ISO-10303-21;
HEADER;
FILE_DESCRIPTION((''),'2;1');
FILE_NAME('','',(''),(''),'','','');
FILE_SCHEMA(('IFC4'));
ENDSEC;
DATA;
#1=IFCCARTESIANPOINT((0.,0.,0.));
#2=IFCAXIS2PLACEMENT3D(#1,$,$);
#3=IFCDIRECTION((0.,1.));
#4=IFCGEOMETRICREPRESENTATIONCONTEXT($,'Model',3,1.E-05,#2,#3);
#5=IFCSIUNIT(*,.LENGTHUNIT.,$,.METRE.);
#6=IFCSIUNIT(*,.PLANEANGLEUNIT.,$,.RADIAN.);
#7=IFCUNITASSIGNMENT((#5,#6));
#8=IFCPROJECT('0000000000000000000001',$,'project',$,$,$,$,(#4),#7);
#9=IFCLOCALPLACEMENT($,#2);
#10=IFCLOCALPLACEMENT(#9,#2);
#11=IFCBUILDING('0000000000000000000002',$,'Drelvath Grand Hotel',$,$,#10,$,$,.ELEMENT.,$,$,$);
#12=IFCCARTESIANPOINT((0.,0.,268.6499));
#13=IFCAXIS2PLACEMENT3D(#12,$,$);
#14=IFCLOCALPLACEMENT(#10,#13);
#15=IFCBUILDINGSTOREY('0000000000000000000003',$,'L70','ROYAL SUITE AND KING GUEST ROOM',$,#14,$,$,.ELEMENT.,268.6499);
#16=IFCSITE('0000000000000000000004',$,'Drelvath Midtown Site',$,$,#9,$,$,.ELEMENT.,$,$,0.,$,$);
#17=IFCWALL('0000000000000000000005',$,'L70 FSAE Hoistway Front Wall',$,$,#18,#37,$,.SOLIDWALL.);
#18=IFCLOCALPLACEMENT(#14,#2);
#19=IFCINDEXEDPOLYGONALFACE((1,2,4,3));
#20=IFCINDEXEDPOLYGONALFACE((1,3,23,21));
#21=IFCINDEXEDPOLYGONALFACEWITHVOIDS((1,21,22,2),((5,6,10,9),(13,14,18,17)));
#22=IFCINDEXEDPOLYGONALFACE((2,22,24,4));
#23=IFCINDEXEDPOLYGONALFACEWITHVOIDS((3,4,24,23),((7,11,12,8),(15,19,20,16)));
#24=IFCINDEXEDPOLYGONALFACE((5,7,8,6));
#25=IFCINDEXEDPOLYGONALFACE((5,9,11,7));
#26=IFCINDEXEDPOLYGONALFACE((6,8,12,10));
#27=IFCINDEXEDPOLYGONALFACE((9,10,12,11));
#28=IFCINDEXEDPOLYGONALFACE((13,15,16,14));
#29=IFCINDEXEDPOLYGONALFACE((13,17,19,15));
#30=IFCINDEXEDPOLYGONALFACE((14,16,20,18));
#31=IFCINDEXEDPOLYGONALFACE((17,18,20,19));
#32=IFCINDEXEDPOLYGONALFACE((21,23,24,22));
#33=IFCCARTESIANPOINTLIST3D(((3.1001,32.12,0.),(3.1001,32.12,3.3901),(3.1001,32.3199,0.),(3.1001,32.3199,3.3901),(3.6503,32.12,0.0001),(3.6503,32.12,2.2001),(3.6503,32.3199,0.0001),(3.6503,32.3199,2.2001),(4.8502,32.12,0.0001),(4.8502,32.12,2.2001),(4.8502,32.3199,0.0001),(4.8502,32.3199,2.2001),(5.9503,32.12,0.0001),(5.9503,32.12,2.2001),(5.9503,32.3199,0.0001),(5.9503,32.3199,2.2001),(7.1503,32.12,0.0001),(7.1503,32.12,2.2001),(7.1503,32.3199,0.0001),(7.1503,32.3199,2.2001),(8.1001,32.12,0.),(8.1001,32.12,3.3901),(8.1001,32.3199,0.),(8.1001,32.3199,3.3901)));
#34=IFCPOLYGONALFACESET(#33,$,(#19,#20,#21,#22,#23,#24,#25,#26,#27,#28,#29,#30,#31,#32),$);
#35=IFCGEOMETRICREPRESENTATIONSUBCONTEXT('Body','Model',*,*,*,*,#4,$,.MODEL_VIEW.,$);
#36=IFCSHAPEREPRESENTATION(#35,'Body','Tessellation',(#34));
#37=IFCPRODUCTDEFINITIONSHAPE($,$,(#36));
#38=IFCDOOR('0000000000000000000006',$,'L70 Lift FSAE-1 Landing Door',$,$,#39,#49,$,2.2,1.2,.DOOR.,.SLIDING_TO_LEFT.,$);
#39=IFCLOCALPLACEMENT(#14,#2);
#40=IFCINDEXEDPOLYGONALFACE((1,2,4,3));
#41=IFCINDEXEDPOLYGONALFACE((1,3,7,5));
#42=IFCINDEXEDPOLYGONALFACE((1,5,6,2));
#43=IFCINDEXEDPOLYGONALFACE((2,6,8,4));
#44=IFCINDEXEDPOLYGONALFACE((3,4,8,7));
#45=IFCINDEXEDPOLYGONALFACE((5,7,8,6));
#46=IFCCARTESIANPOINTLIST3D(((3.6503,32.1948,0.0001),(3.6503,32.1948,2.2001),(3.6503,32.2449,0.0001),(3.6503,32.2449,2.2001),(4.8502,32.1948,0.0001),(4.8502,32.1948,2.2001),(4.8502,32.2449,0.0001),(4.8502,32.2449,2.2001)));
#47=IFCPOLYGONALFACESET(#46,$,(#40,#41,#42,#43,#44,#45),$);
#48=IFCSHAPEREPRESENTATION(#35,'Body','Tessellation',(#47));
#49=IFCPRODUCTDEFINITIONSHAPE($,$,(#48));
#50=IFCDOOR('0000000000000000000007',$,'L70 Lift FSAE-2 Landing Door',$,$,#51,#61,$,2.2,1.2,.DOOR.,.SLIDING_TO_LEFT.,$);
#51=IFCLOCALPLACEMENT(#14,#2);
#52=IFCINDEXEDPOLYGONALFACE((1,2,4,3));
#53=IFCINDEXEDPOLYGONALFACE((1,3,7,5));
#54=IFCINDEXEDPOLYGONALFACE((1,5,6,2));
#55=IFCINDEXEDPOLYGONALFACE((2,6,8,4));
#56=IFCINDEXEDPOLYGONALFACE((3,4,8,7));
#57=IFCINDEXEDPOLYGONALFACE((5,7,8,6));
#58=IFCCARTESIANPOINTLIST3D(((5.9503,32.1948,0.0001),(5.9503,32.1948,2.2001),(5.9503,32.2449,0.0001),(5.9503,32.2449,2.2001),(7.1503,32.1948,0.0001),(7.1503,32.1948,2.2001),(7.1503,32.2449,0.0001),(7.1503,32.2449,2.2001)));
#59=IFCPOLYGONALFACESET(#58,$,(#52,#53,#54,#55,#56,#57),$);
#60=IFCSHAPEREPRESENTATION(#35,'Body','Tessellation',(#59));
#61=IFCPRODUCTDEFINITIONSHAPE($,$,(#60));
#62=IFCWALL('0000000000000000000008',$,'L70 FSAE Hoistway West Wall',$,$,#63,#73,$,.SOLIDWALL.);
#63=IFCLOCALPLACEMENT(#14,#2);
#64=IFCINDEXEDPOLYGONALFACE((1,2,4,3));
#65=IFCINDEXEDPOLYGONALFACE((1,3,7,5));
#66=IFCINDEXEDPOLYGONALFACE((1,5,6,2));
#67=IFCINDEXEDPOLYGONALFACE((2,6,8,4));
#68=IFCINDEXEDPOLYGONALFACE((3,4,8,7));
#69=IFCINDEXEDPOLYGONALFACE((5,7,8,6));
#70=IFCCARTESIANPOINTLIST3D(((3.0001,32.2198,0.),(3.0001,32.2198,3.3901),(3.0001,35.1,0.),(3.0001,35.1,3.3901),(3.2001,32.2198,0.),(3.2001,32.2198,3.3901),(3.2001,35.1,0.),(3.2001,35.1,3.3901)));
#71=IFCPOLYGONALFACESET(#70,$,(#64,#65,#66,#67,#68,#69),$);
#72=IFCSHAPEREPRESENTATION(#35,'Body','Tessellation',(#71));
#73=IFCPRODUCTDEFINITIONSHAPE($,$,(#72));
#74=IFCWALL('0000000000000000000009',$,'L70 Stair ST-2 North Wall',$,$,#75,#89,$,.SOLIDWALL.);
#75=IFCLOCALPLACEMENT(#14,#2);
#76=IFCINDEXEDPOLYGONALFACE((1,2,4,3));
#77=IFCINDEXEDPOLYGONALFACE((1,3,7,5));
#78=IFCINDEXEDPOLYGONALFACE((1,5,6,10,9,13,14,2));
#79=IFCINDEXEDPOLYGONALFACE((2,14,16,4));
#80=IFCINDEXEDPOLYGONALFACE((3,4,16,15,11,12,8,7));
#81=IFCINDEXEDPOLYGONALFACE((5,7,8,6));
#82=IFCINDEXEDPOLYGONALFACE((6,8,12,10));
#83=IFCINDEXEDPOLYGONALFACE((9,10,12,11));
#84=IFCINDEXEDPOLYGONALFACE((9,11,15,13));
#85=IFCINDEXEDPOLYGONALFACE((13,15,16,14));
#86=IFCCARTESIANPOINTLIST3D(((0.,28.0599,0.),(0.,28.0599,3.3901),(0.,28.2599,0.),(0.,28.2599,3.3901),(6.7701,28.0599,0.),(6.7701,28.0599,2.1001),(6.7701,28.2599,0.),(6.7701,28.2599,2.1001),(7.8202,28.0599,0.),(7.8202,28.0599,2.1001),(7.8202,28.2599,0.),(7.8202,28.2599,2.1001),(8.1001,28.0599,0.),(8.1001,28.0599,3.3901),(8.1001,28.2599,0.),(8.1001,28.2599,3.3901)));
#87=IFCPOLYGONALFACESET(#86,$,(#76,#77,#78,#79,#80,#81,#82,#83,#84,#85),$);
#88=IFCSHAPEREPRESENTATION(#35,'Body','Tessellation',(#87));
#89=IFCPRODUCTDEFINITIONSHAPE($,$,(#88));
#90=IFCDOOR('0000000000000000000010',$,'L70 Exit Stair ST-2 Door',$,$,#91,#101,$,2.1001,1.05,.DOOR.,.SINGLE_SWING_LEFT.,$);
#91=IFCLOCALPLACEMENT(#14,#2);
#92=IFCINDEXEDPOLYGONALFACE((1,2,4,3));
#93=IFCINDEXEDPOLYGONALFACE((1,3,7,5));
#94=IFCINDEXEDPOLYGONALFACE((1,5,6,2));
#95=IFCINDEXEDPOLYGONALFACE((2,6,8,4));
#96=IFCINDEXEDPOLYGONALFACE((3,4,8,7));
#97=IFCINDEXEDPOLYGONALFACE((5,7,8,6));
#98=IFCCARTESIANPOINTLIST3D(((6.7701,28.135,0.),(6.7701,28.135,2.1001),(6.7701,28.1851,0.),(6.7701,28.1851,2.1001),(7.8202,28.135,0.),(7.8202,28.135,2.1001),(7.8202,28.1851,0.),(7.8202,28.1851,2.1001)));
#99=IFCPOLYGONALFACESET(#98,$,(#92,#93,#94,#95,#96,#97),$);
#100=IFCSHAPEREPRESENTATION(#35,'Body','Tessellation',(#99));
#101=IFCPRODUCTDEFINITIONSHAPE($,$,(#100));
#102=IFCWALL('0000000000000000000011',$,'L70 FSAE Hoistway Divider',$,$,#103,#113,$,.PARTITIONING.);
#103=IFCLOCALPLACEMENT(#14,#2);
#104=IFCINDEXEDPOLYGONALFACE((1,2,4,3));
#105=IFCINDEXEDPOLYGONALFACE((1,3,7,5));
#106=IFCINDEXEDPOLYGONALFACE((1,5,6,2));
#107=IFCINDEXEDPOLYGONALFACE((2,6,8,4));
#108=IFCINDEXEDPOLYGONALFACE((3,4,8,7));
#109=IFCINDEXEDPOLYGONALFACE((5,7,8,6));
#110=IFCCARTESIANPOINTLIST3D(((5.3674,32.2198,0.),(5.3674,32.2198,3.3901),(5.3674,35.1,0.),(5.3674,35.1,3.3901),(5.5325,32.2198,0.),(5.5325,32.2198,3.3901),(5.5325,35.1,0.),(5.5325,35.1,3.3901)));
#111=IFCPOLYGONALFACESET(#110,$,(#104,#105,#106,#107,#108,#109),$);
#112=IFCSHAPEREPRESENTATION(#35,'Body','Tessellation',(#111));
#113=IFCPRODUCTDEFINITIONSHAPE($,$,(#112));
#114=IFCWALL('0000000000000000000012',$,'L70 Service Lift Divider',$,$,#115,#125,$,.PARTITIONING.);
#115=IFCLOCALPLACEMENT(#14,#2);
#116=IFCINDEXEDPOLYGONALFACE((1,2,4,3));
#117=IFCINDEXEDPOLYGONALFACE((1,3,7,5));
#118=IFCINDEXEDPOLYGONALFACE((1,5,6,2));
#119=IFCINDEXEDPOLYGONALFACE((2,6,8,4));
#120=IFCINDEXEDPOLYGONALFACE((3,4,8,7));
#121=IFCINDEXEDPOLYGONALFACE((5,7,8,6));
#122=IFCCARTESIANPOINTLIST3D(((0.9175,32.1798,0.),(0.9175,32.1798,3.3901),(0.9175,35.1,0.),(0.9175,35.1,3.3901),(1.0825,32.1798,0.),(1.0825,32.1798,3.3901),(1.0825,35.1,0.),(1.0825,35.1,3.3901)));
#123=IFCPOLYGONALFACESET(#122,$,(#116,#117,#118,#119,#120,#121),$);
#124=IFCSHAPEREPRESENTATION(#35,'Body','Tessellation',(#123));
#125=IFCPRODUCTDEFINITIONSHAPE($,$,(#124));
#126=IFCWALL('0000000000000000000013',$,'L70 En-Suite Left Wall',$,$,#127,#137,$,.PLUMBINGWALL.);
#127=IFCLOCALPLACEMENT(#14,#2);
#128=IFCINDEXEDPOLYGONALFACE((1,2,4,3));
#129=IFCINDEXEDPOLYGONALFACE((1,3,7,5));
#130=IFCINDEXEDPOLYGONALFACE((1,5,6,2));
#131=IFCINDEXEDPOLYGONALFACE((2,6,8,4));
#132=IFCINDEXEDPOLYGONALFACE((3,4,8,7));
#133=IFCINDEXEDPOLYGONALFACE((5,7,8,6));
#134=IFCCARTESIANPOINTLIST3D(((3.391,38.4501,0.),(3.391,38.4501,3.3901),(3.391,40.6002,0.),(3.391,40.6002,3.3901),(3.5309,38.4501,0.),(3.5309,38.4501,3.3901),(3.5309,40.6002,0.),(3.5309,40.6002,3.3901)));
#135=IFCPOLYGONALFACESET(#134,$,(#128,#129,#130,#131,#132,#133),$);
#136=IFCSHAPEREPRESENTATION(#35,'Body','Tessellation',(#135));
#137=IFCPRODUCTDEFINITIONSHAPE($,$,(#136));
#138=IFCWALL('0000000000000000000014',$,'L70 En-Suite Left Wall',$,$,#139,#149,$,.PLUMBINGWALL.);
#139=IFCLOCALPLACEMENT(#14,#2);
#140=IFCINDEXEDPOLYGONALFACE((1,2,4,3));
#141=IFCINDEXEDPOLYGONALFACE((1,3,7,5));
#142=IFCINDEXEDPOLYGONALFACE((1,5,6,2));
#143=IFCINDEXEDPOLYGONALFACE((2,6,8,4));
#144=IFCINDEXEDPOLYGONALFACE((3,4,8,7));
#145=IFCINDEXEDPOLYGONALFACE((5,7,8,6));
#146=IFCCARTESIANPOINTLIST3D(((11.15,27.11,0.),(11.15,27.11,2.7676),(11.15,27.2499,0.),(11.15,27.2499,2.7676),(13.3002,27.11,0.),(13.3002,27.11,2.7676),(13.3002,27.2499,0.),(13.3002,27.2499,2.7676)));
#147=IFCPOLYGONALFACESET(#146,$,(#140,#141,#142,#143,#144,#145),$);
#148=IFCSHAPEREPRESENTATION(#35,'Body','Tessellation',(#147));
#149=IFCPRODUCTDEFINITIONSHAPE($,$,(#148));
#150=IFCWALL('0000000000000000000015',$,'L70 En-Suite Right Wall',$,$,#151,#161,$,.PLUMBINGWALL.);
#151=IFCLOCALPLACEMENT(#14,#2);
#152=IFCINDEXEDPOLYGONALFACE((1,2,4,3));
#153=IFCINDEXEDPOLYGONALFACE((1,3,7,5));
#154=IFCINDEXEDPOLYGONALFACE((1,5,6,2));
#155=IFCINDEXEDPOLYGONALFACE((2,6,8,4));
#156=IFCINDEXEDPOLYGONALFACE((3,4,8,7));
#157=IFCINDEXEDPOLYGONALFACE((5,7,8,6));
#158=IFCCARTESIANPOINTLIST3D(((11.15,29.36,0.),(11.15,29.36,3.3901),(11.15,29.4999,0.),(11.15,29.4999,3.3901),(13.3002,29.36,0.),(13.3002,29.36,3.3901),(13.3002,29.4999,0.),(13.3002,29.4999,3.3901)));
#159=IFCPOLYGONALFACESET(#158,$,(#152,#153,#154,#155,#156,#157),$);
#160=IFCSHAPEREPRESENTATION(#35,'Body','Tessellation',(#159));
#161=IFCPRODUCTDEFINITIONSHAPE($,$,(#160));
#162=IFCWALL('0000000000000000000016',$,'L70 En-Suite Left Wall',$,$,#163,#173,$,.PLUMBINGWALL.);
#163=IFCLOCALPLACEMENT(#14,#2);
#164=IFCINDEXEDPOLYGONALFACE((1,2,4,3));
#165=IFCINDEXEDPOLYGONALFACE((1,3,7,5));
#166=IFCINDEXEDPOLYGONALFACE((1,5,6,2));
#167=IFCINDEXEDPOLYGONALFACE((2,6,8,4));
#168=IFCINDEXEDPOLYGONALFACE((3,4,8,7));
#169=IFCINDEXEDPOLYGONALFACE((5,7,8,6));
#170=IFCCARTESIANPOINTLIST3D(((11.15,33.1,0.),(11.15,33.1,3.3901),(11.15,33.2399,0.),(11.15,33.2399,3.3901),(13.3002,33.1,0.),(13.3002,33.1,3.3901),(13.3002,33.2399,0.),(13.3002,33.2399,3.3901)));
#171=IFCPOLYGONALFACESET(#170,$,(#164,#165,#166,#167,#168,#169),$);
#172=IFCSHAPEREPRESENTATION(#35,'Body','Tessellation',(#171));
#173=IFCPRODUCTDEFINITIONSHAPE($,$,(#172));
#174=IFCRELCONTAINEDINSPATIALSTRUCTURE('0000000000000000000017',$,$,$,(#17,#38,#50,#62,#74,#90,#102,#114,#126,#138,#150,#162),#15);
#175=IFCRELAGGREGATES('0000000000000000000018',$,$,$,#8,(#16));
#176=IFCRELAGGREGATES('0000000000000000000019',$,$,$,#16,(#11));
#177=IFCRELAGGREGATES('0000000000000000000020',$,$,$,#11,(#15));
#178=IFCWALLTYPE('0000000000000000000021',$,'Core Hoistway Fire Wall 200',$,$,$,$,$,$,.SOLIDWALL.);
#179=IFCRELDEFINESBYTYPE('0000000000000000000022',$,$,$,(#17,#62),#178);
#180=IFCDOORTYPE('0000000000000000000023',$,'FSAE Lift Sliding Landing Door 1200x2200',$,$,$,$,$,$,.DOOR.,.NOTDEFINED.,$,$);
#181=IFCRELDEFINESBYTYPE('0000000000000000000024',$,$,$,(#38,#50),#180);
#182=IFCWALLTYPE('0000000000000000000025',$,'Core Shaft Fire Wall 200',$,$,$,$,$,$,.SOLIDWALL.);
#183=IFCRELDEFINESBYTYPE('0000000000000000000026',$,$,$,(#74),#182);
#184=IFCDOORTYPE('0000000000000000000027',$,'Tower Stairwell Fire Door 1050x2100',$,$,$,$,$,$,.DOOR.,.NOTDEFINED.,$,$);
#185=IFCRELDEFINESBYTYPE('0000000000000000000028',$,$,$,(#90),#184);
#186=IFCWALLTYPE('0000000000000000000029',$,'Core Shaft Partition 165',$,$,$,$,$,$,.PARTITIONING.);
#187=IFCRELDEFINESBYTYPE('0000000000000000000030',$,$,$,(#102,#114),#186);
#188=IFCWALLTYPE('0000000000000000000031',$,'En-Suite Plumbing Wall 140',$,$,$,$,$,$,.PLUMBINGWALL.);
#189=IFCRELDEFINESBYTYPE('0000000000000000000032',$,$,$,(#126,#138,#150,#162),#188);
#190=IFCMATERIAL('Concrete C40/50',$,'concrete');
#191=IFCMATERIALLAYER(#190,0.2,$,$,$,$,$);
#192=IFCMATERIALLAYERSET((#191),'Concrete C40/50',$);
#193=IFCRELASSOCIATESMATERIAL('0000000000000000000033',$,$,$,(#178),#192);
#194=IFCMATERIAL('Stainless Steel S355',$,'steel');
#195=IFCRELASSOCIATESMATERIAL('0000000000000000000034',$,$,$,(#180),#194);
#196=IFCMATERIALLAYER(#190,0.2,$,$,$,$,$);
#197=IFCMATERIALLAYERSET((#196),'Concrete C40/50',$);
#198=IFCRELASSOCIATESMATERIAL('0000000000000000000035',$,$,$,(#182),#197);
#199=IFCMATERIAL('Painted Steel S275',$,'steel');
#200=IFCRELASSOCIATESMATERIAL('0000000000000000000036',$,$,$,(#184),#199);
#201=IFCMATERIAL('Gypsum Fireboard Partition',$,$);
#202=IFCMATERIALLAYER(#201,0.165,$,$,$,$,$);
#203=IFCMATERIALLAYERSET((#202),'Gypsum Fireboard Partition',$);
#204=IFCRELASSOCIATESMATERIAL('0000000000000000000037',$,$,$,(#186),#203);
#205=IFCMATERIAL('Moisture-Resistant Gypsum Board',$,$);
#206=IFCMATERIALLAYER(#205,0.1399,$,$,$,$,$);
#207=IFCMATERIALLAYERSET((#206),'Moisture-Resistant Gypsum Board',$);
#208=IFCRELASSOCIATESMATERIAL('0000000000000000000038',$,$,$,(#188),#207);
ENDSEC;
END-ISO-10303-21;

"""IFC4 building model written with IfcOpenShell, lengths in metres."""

from ifc_helpers import new_model, si_unit, direction, frame, frame_2d, origin, place, context, subcontext, project, spatial, rectangle, extrude, material, layer, layer_set, type_object, element, fill, save


model = new_model("IFC4")

# Units and contexts
model_context = context("Model", 3, precision=1e-05, world=origin(), true_north=direction((0.0, 1.0)))
body_context = subcontext(model_context, "Body", "Model", "MODEL_VIEW")
ifc_project = project(units=[si_unit("LENGTHUNIT", "METRE"), si_unit("PLANEANGLEUNIT", "RADIAN")], contexts=[model_context])

# Site, building, storey
site_placement = place(None, origin())
site = spatial("IfcSite", under=ifc_project, at=site_placement, Name="Drelvath Midtown Site", CompositionType="ELEMENT", RefElevation=0.0)
building_placement = place(site_placement, origin())
building = spatial("IfcBuilding", under=site, at=building_placement, Name="Drelvath Grand Hotel", CompositionType="ELEMENT")
storey_placement = place(building_placement, frame((0.0, 0.0, 268.6499)))
storey = spatial("IfcBuildingStorey", under=building, at=storey_placement, Name="L70", Description="ROYAL SUITE AND KING GUEST ROOM", CompositionType="ELEMENT", Elevation=268.6499)

# Wall, openings, doors
ifc_material_1 = material(Name="Concrete C40/50", Category="concrete")
ifc_layer_1 = layer(ifc_material_1, 0.2)
ifc_layer_set_1 = layer_set([ifc_layer_1], Name="Concrete C40/50")
wall_type_1 = type_object("IfcWallType", Name="Core Hoistway Fire Wall 200", PredefinedType="SOLIDWALL", material=ifc_layer_set_1)
wall_1_placement = place(storey_placement, frame((3.1001, 32.22, 0.0), z_axis=(0.0, 0.0, 1.0), x_axis=(1.0, 0.0, 0.0)))
wall_1 = element("IfcWall", 1, at=wall_1_placement, inside=storey, type_object=wall_type_1, Name="L70 FSAE Hoistway Front Wall", PredefinedType="SOLIDWALL", context=body_context, shape_type="SweptSolid", body=[
    extrude(rectangle(XDim=5.0, YDim=0.2, at=frame_2d((2.5, 0.0))), origin(), (0.0, 0.0, 1.0), 3.3901),
])
opening_1_placement = place(wall_1_placement, frame((0.55, 0.0, 0.0)))
opening_1 = element("IfcOpeningElement", 2, at=opening_1_placement, cuts=wall_1, PredefinedType="OPENING", context=body_context, shape_type="SweptSolid", body=[
    extrude(rectangle(XDim=1.2, YDim=2.2, at=frame_2d((0.6001, 1.1001))), frame((0.0, 0.1099, 0.0), z_axis=(0.0, -1.0, 0.0), x_axis=(1.0, 0.0, 0.0)), (0.0, 0.0, 1.0), 0.22),
])
opening_2_placement = place(wall_1_placement, frame((2.8501, 0.0, 0.0)))
opening_2 = element("IfcOpeningElement", 3, at=opening_2_placement, cuts=wall_1, PredefinedType="OPENING", context=body_context, shape_type="SweptSolid", body=[
    extrude(rectangle(XDim=1.2, YDim=2.2, at=frame_2d((0.6001, 1.1001))), frame((0.0, 0.1099, 0.0), z_axis=(0.0, -1.0, 0.0), x_axis=(1.0, 0.0, 0.0)), (0.0, 0.0, 1.0), 0.22),
])
ifc_material_2 = material(Name="Stainless Steel S355", Category="steel")
door_type_1 = type_object("IfcDoorType", Name="FSAE Lift Sliding Landing Door 1200x2200", OperationType="NOTDEFINED", PredefinedType="DOOR", material=ifc_material_2)
door_1_placement = place(opening_1_placement, origin())
door_1 = element("IfcDoor", 4, at=door_1_placement, inside=storey, type_object=door_type_1, Name="L70 Lift FSAE-1 Landing Door", OperationType="SLIDING_TO_LEFT", OverallHeight=2.2, OverallWidth=1.2, PredefinedType="DOOR", context=body_context, shape_type="SweptSolid", body=[
    extrude(rectangle(XDim=1.2, YDim=2.2, at=frame_2d((0.6001, 1.1001))), frame((0.0, 0.0249, 0.0), z_axis=(0.0, -1.0, 0.0), x_axis=(1.0, 0.0, 0.0)), (0.0, 0.0, 1.0), 0.05),
])
fill(opening_1, door_1)
door_2_placement = place(opening_2_placement, origin())
door_2 = element("IfcDoor", 5, at=door_2_placement, inside=storey, type_object=door_type_1, Name="L70 Lift FSAE-2 Landing Door", OperationType="SLIDING_TO_LEFT", OverallHeight=2.2, OverallWidth=1.2, PredefinedType="DOOR", context=body_context, shape_type="SweptSolid", body=[
    extrude(rectangle(XDim=1.2, YDim=2.2, at=frame_2d((0.6001, 1.1001))), frame((0.0, 0.0249, 0.0), z_axis=(0.0, -1.0, 0.0), x_axis=(1.0, 0.0, 0.0)), (0.0, 0.0, 1.0), 0.05),
])
fill(opening_2, door_2)

# Wall
wall_2_placement = place(storey_placement, frame((3.1001, 32.22, 0.0), z_axis=(0.0, 0.0, 1.0), x_axis=(0.0, 1.0, 0.0)))
element("IfcWall", 6, at=wall_2_placement, inside=storey, type_object=wall_type_1, Name="L70 FSAE Hoistway West Wall", PredefinedType="SOLIDWALL", context=body_context, shape_type="SweptSolid", body=[
    extrude(rectangle(XDim=2.8801, YDim=0.2, at=frame_2d((1.4399, 0.0))), origin(), (0.0, 0.0, 1.0), 3.3901),
])

# Wall, opening, door
ifc_layer_2 = layer(ifc_material_1, 0.2)
ifc_layer_set_2 = layer_set([ifc_layer_2], Name="Concrete C40/50")
wall_type_2 = type_object("IfcWallType", Name="Core Shaft Fire Wall 200", PredefinedType="SOLIDWALL", material=ifc_layer_set_2)
wall_3_placement = place(storey_placement, frame((8.1001, 28.1599, 0.0), z_axis=(0.0, 0.0, 1.0), x_axis=(-1.0, 0.0, 0.0)))
wall_3 = element("IfcWall", 7, at=wall_3_placement, inside=storey, type_object=wall_type_2, Name="L70 Stair ST-2 North Wall", PredefinedType="SOLIDWALL", context=body_context, shape_type="SweptSolid", body=[
    extrude(rectangle(XDim=8.1001, YDim=0.2, at=frame_2d((4.05, 0.0))), origin(), (0.0, 0.0, 1.0), 3.3901),
])
opening_3_placement = place(wall_3_placement, frame((0.28, 0.0, 0.0)))
opening_3 = element("IfcOpeningElement", 8, at=opening_3_placement, cuts=wall_3, PredefinedType="OPENING", context=body_context, shape_type="SweptSolid", body=[
    extrude(rectangle(XDim=1.05, YDim=2.1001, at=frame_2d((0.5249, 1.05))), frame((0.0, 0.1099, 0.0), z_axis=(0.0, -1.0, 0.0), x_axis=(1.0, 0.0, 0.0)), (0.0, 0.0, 1.0), 0.22),
])
ifc_material_3 = material(Name="Painted Steel S275", Category="steel")
door_type_2 = type_object("IfcDoorType", Name="Tower Stairwell Fire Door 1050x2100", OperationType="NOTDEFINED", PredefinedType="DOOR", material=ifc_material_3)
door_3_placement = place(opening_3_placement, origin())
door_3 = element("IfcDoor", 9, at=door_3_placement, inside=storey, type_object=door_type_2, Name="L70 Exit Stair ST-2 Door", OperationType="SINGLE_SWING_LEFT", OverallHeight=2.1001, OverallWidth=1.05, PredefinedType="DOOR", context=body_context, shape_type="SweptSolid", body=[
    extrude(rectangle(XDim=1.05, YDim=2.1001, at=frame_2d((0.5249, 1.05))), frame((0.0, 0.0249, 0.0), z_axis=(0.0, -1.0, 0.0), x_axis=(1.0, 0.0, 0.0)), (0.0, 0.0, 1.0), 0.05),
])
fill(opening_3, door_3)

# Walls
ifc_material_4 = material(Name="Gypsum Fireboard Partition")
ifc_layer_3 = layer(ifc_material_4, 0.165)
ifc_layer_set_3 = layer_set([ifc_layer_3], Name="Gypsum Fireboard Partition")
wall_type_3 = type_object("IfcWallType", Name="Core Shaft Partition 165", PredefinedType="PARTITIONING", material=ifc_layer_set_3)
wall_4_placement = place(storey_placement, frame((5.45, 32.22, 0.0), z_axis=(0.0, 0.0, 1.0), x_axis=(0.0, 1.0, 0.0)))
element("IfcWall", 10, at=wall_4_placement, inside=storey, type_object=wall_type_3, Name="L70 FSAE Hoistway Divider", PredefinedType="PARTITIONING", context=body_context, shape_type="SweptSolid", body=[
    extrude(rectangle(XDim=2.8801, YDim=0.165, at=frame_2d((1.4399, 0.0))), origin(), (0.0, 0.0, 1.0), 3.3901),
])
wall_5_placement = place(storey_placement, frame((1.0, 32.1799, 0.0), z_axis=(0.0, 0.0, 1.0), x_axis=(0.0, 1.0, 0.0)))
element("IfcWall", 11, at=wall_5_placement, inside=storey, type_object=wall_type_3, Name="L70 Service Lift Divider", PredefinedType="PARTITIONING", context=body_context, shape_type="SweptSolid", body=[
    extrude(rectangle(XDim=2.9202, YDim=0.165, at=frame_2d((1.46, 0.0))), origin(), (0.0, 0.0, 1.0), 3.3901),
])
ifc_material_5 = material(Name="Moisture-Resistant Gypsum Board")
ifc_layer_4 = layer(ifc_material_5, 0.1399)
ifc_layer_set_4 = layer_set([ifc_layer_4], Name="Moisture-Resistant Gypsum Board")
wall_type_4 = type_object("IfcWallType", Name="En-Suite Plumbing Wall 140", PredefinedType="PLUMBINGWALL", material=ifc_layer_set_4)
wall_6_placement = place(storey_placement, frame((3.4609, 38.45, 0.0), z_axis=(0.0, 0.0, 1.0), x_axis=(0.0, 1.0, 0.0)))
element("IfcWall", 12, at=wall_6_placement, inside=storey, type_object=wall_type_4, Name="L70 En-Suite Left Wall", PredefinedType="PLUMBINGWALL", context=body_context, shape_type="SweptSolid", body=[
    extrude(rectangle(XDim=2.1501, YDim=0.1399, at=frame_2d((1.0752, 0.0))), origin(), (0.0, 0.0, 1.0), 3.3901),
])
wall_7_placement = place(storey_placement, frame((11.1499, 27.1799, 0.0), z_axis=(0.0, 0.0, 1.0), x_axis=(1.0, 0.0, 0.0)))
element("IfcWall", 13, at=wall_7_placement, inside=storey, type_object=wall_type_4, Name="L70 En-Suite Left Wall", PredefinedType="PLUMBINGWALL", context=body_context, shape_type="SweptSolid", body=[
    extrude(rectangle(XDim=2.1501, YDim=0.1399, at=frame_2d((1.0752, 0.0))), origin(), (0.0, 0.0, 1.0), 2.7676),
])
for number, where, z_axis, x_axis, name in (
    (14, (11.1499, 29.4299, 0.0), (0.0, 0.0, 1.0), (1.0, 0.0, 0.0), "L70 En-Suite Right Wall"),
    (15, (11.1499, 33.1699, 0.0), (0.0, 0.0, 1.0), (1.0, 0.0, 0.0), "L70 En-Suite Left Wall"),
):
    element("IfcWall", number, at=place(storey_placement, frame(where, z_axis=z_axis, x_axis=x_axis)), inside=storey, type_object=wall_type_4, Name=name, PredefinedType="PLUMBINGWALL", context=body_context, shape_type="SweptSolid", body=[
        extrude(rectangle(XDim=2.1501, YDim=0.1399, at=frame_2d((1.0752, 0.0))), origin(), (0.0, 0.0, 1.0), 3.3901),
    ])

save(model, "model.ifc")
